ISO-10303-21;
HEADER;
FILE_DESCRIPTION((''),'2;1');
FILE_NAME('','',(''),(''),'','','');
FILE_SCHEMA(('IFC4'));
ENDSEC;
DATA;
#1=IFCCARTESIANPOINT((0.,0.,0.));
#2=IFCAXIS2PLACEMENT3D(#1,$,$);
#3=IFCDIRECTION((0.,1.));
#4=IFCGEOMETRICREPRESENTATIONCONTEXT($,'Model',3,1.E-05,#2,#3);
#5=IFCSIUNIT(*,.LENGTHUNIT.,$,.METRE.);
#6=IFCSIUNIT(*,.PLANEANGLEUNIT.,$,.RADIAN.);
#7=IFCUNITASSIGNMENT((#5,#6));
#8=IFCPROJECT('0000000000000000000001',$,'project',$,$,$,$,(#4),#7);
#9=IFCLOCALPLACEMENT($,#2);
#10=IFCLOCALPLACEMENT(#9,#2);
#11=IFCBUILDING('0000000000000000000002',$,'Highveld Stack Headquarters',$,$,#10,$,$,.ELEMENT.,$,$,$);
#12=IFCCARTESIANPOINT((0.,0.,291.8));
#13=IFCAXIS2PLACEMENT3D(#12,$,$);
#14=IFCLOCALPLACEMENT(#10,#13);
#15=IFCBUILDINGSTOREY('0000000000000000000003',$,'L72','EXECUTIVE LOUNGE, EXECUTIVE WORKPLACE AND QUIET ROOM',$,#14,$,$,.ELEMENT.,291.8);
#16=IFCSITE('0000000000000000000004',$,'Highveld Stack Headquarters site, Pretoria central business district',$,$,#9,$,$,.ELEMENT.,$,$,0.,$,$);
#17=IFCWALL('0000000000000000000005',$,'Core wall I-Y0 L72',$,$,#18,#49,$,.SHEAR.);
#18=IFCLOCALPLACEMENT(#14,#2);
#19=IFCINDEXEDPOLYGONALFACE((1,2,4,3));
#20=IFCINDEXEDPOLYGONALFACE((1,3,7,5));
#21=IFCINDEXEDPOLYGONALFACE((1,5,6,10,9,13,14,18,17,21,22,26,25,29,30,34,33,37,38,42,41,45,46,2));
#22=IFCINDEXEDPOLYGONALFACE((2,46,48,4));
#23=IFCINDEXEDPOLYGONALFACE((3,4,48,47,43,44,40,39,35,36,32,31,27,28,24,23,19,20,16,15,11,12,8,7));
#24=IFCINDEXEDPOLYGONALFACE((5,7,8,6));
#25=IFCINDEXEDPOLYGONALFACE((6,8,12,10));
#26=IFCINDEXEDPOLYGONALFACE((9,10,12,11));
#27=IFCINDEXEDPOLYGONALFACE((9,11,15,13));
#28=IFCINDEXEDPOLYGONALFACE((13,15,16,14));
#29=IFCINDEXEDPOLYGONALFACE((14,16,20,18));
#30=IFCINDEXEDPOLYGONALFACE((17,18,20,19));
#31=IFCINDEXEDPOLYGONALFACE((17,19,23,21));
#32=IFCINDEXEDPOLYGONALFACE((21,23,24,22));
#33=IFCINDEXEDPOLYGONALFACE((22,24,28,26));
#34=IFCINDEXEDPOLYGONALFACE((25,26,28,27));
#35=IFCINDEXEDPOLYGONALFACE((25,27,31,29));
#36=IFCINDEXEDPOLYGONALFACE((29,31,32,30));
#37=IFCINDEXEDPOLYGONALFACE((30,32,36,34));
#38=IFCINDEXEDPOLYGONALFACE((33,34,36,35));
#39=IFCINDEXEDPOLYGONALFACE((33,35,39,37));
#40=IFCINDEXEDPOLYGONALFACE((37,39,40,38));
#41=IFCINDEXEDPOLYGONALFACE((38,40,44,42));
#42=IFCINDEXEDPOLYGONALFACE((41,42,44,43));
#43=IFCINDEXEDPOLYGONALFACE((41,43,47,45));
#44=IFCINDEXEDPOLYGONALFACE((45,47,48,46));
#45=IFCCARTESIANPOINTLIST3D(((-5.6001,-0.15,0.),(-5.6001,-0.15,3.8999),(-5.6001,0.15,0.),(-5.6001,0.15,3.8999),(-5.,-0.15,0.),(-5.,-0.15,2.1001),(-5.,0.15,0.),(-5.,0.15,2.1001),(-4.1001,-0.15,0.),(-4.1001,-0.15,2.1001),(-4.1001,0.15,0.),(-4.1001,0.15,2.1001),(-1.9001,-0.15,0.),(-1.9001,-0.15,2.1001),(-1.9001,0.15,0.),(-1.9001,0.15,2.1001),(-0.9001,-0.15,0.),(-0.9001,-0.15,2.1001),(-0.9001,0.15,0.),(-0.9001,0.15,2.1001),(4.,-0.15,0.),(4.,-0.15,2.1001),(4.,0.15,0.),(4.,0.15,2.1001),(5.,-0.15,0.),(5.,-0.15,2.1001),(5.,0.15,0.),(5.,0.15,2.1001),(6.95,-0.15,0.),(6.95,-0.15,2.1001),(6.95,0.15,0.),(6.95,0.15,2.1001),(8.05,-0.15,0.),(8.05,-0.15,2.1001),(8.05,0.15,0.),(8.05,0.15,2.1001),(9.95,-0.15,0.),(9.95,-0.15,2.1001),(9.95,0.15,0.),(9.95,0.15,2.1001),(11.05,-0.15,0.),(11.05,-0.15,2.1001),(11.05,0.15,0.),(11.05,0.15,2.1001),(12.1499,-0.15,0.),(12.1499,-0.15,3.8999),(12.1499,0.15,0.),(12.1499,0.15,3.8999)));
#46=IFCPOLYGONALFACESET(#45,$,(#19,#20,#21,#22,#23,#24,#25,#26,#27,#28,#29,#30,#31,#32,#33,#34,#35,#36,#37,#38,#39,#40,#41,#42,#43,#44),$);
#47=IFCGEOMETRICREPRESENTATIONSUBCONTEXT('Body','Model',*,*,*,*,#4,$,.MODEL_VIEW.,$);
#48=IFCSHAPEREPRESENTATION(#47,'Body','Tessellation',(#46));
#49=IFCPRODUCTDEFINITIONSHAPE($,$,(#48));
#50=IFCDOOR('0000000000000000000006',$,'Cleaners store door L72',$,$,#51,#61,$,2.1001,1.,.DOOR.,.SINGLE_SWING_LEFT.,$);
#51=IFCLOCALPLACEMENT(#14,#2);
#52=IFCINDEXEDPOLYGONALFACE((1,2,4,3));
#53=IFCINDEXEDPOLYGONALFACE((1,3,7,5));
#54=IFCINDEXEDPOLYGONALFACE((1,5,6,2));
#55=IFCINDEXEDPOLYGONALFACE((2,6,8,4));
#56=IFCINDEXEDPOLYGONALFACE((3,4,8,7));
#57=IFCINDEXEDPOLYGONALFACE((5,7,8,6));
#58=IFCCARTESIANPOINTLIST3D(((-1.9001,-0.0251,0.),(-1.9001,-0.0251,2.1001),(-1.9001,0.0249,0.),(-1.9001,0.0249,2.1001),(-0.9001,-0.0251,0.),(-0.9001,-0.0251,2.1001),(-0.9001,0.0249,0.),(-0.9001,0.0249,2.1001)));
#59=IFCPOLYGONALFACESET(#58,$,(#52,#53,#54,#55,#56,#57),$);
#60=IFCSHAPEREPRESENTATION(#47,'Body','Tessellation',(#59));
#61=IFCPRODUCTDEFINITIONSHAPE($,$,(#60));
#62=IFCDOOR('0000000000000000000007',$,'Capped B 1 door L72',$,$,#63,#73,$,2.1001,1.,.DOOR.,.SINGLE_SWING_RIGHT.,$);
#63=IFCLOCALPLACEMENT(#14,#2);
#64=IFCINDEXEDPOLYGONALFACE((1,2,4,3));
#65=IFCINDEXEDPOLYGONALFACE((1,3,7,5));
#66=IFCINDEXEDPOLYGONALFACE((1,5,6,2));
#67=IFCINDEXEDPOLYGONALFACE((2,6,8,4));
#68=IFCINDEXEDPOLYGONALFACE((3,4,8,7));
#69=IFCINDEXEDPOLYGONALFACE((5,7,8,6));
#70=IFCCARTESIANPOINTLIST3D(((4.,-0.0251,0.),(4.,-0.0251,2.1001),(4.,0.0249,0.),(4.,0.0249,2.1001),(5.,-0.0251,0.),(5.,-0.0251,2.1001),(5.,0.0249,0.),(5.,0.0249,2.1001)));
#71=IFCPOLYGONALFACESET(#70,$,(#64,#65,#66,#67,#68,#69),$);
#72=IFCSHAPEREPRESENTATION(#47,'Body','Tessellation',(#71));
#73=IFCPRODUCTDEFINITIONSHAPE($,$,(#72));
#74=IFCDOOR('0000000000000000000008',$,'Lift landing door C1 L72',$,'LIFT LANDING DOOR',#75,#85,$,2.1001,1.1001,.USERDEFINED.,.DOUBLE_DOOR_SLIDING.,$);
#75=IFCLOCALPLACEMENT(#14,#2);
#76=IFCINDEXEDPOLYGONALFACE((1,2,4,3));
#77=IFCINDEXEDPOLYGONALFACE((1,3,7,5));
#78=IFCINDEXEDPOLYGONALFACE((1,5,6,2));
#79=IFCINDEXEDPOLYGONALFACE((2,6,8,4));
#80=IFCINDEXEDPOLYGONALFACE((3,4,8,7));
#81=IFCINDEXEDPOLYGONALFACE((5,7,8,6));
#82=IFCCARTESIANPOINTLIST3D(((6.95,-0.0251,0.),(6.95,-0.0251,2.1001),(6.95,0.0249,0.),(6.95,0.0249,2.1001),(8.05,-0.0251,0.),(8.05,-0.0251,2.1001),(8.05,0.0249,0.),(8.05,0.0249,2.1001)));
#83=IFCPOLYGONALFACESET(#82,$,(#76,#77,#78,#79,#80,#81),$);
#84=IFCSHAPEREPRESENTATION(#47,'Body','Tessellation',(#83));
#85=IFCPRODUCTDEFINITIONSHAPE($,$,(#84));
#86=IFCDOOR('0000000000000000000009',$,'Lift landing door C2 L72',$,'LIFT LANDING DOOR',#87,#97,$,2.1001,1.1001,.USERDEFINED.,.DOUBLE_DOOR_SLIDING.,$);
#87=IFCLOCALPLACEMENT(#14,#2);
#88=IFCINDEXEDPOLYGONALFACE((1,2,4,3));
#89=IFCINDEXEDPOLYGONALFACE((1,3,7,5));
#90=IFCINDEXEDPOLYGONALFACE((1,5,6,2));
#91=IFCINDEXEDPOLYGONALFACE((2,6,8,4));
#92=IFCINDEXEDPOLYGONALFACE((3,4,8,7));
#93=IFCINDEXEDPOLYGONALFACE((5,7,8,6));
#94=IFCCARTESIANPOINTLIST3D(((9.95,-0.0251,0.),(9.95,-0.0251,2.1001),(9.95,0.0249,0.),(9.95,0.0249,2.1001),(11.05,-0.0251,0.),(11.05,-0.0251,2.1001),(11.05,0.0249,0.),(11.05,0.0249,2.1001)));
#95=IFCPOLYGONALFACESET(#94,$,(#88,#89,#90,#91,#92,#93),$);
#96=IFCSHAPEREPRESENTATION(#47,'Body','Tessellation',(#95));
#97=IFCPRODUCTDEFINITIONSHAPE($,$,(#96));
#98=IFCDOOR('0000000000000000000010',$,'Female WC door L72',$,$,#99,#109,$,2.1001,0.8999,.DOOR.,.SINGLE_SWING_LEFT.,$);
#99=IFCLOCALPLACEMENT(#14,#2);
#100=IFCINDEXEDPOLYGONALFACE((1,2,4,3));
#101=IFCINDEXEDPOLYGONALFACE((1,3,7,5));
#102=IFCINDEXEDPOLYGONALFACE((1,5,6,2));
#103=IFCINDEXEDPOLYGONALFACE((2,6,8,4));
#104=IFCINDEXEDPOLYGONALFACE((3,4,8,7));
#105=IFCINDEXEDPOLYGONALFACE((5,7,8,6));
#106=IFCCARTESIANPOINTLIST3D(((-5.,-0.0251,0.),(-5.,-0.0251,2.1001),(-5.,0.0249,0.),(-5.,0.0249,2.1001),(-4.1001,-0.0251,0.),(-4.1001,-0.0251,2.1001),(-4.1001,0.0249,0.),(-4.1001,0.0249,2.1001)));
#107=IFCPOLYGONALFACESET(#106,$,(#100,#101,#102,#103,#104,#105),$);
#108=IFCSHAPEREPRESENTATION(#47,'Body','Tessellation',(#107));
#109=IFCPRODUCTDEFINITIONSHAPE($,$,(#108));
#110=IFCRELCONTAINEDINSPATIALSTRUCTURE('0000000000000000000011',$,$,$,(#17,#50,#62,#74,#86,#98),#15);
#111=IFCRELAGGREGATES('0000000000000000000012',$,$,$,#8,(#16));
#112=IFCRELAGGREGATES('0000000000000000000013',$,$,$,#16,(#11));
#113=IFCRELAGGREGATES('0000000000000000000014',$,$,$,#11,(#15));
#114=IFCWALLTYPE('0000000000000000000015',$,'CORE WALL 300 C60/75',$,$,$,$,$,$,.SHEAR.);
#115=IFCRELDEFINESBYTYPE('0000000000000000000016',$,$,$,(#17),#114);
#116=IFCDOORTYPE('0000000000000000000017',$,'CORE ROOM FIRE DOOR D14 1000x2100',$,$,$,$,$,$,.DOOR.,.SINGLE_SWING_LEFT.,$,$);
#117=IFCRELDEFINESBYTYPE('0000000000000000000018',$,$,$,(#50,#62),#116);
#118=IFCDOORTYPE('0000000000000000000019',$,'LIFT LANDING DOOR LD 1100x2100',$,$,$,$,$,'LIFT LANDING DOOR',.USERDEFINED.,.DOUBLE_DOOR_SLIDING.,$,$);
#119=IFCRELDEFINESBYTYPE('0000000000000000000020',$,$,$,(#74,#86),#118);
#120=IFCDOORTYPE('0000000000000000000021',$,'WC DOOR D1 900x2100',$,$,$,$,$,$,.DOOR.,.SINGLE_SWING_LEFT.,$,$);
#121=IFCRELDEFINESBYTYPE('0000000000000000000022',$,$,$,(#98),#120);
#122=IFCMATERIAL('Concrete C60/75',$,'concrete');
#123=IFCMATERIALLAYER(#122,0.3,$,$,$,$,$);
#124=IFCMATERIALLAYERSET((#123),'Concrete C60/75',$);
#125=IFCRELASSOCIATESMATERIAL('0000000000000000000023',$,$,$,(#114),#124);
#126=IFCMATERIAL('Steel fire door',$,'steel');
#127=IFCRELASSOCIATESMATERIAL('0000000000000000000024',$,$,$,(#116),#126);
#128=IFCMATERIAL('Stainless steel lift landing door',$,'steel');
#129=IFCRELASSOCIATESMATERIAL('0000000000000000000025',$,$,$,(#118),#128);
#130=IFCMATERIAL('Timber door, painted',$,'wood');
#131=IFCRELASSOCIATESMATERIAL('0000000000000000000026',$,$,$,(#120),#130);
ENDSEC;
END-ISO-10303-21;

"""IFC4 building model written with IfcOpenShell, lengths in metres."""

from ifc_helpers import new_model, si_unit, direction, frame, frame_2d, origin, place, context, subcontext, project, spatial, rectangle, extrude, material, layer, layer_set, type_object, element, fill, save


model = new_model("IFC4")

# Units and contexts
model_context = context("Model", 3, precision=1e-05, world=origin(), true_north=direction((0.0, 1.0)))
body_context = subcontext(model_context, "Body", "Model", "MODEL_VIEW")
ifc_project = project(units=[si_unit("LENGTHUNIT", "METRE"), si_unit("PLANEANGLEUNIT", "RADIAN")], contexts=[model_context])

# Site, building, storey
site_placement = place(None, origin())
site = spatial("IfcSite", under=ifc_project, at=site_placement, Name="Highveld Stack Headquarters site, Pretoria central business district", CompositionType="ELEMENT", RefElevation=0.0)
building_placement = place(site_placement, origin())
building = spatial("IfcBuilding", under=site, at=building_placement, Name="Highveld Stack Headquarters", CompositionType="ELEMENT")
storey_placement = place(building_placement, frame((0.0, 0.0, 291.8)))
storey = spatial("IfcBuildingStorey", under=building, at=storey_placement, Name="L72", Description="EXECUTIVE LOUNGE, EXECUTIVE WORKPLACE AND QUIET ROOM", CompositionType="ELEMENT", Elevation=291.8)

# Wall, openings, doors
ifc_material_1 = material(Name="Concrete C60/75", Category="concrete")
ifc_layer_1 = layer(ifc_material_1, 0.3)
ifc_layer_set_1 = layer_set([ifc_layer_1], Name="Concrete C60/75")
wall_type = type_object("IfcWallType", Name="CORE WALL 300 C60/75", PredefinedType="SHEAR", material=ifc_layer_set_1)
wall_placement = place(storey_placement, frame((-5.6001, 0.0, 0.0), z_axis=(0.0, 0.0, 1.0), x_axis=(1.0, 0.0, 0.0)))
wall = element("IfcWall", 1, at=wall_placement, inside=storey, type_object=wall_type, Name="Core wall I-Y0 L72", PredefinedType="SHEAR", context=body_context, shape_type="SweptSolid", body=[
    extrude(rectangle(XDim=17.75, YDim=0.3, at=frame_2d((8.875, 0.0))), origin(), (0.0, 0.0, 1.0), 3.8999),
])
opening_1_placement = place(wall_placement, frame((0.6001, 0.0, 0.0)))
opening_1 = element("IfcOpeningElement", 2, at=opening_1_placement, cuts=wall, PredefinedType="OPENING", context=body_context, shape_type="SweptSolid", body=[
    extrude(rectangle(XDim=0.8999, YDim=2.1001, at=frame_2d((0.45, 1.05))), frame((0.0, 0.1599, 0.0), z_axis=(0.0, -1.0, 0.0), x_axis=(1.0, 0.0, 0.0)), (0.0, 0.0, 1.0), 0.3201),
])
opening_2_placement = place(wall_placement, frame((3.7, 0.0, 0.0)))
opening_2 = element("IfcOpeningElement", 3, at=opening_2_placement, cuts=wall, PredefinedType="OPENING", context=body_context, shape_type="SweptSolid", body=[
    extrude(rectangle(XDim=1.0, YDim=2.1001, at=frame_2d((0.5, 1.05))), frame((0.0, 0.1599, 0.0), z_axis=(0.0, -1.0, 0.0), x_axis=(1.0, 0.0, 0.0)), (0.0, 0.0, 1.0), 0.3201),
])
opening_3_placement = place(wall_placement, frame((9.6001, 0.0, 0.0)))
opening_3 = element("IfcOpeningElement", 4, at=opening_3_placement, cuts=wall, PredefinedType="OPENING", context=body_context, shape_type="SweptSolid", body=[
    extrude(rectangle(XDim=1.0, YDim=2.1001, at=frame_2d((0.5, 1.05))), frame((0.0, 0.1599, 0.0), z_axis=(0.0, -1.0, 0.0), x_axis=(1.0, 0.0, 0.0)), (0.0, 0.0, 1.0), 0.3201),
])
opening_4_placement = place(wall_placement, frame((12.55, 0.0, 0.0)))
opening_4 = element("IfcOpeningElement", 5, at=opening_4_placement, cuts=wall, PredefinedType="OPENING", context=body_context, shape_type="SweptSolid", body=[
    extrude(rectangle(XDim=1.1001, YDim=2.1001, at=frame_2d((0.55, 1.05))), frame((0.0, 0.1599, 0.0), z_axis=(0.0, -1.0, 0.0), x_axis=(1.0, 0.0, 0.0)), (0.0, 0.0, 1.0), 0.3201),
])
opening_5_placement = place(wall_placement, frame((15.55, 0.0, 0.0)))
opening_5 = element("IfcOpeningElement", 6, at=opening_5_placement, cuts=wall, PredefinedType="OPENING", context=body_context, shape_type="SweptSolid", body=[
    extrude(rectangle(XDim=1.1001, YDim=2.1001, at=frame_2d((0.55, 1.05))), frame((0.0, 0.1599, 0.0), z_axis=(0.0, -1.0, 0.0), x_axis=(1.0, 0.0, 0.0)), (0.0, 0.0, 1.0), 0.3201),
])
ifc_material_2 = material(Name="Steel fire door", Category="steel")
door_type_1 = type_object("IfcDoorType", Name="CORE ROOM FIRE DOOR D14 1000x2100", OperationType="SINGLE_SWING_LEFT", PredefinedType="DOOR", material=ifc_material_2)
door_1_placement = place(opening_2_placement, origin())
door_1 = element("IfcDoor", 7, at=door_1_placement, inside=storey, type_object=door_type_1, Name="Cleaners store door L72", OperationType="SINGLE_SWING_LEFT", OverallHeight=2.1001, OverallWidth=1.0, PredefinedType="DOOR", context=body_context, shape_type="SweptSolid", body=[
    extrude(rectangle(XDim=1.0, YDim=2.1001, at=frame_2d((0.5, 1.05))), frame((0.0, 0.0249, 0.0), z_axis=(0.0, -1.0, 0.0), x_axis=(1.0, 0.0, 0.0)), (0.0, 0.0, 1.0), 0.05),
])
fill(opening_2, door_1)
door_2_placement = place(opening_3_placement, origin())
door_2 = element("IfcDoor", 8, at=door_2_placement, inside=storey, type_object=door_type_1, Name="Capped B 1 door L72", OperationType="SINGLE_SWING_RIGHT", OverallHeight=2.1001, OverallWidth=1.0, PredefinedType="DOOR", context=body_context, shape_type="SweptSolid", body=[
    extrude(rectangle(XDim=1.0, YDim=2.1001, at=frame_2d((0.5, 1.05))), frame((0.0, 0.0249, 0.0), z_axis=(0.0, -1.0, 0.0), x_axis=(1.0, 0.0, 0.0)), (0.0, 0.0, 1.0), 0.05),
])
fill(opening_3, door_2)
ifc_material_3 = material(Name="Stainless steel lift landing door", Category="steel")
door_type_2 = type_object("IfcDoorType", Name="LIFT LANDING DOOR LD 1100x2100", ElementType="LIFT LANDING DOOR", OperationType="DOUBLE_DOOR_SLIDING", PredefinedType="USERDEFINED", material=ifc_material_3)
door_3_placement = place(opening_4_placement, origin())
door_3 = element("IfcDoor", 9, at=door_3_placement, inside=storey, type_object=door_type_2, Name="Lift landing door C1 L72", ObjectType="LIFT LANDING DOOR", OperationType="DOUBLE_DOOR_SLIDING", OverallHeight=2.1001, OverallWidth=1.1001, PredefinedType="USERDEFINED", context=body_context, shape_type="SweptSolid", body=[
    extrude(rectangle(XDim=1.1001, YDim=2.1001, at=frame_2d((0.55, 1.05))), frame((0.0, 0.0249, 0.0), z_axis=(0.0, -1.0, 0.0), x_axis=(1.0, 0.0, 0.0)), (0.0, 0.0, 1.0), 0.05),
])
fill(opening_4, door_3)
door_4_placement = place(opening_5_placement, origin())
door_4 = element("IfcDoor", 10, at=door_4_placement, inside=storey, type_object=door_type_2, Name="Lift landing door C2 L72", ObjectType="LIFT LANDING DOOR", OperationType="DOUBLE_DOOR_SLIDING", OverallHeight=2.1001, OverallWidth=1.1001, PredefinedType="USERDEFINED", context=body_context, shape_type="SweptSolid", body=[
    extrude(rectangle(XDim=1.1001, YDim=2.1001, at=frame_2d((0.55, 1.05))), frame((0.0, 0.0249, 0.0), z_axis=(0.0, -1.0, 0.0), x_axis=(1.0, 0.0, 0.0)), (0.0, 0.0, 1.0), 0.05),
])
fill(opening_5, door_4)
ifc_material_4 = material(Name="Timber door, painted", Category="wood")
door_type_3 = type_object("IfcDoorType", Name="WC DOOR D1 900x2100", OperationType="SINGLE_SWING_LEFT", PredefinedType="DOOR", material=ifc_material_4)
door_5_placement = place(opening_1_placement, origin())
door_5 = element("IfcDoor", 11, at=door_5_placement, inside=storey, type_object=door_type_3, Name="Female WC door L72", OperationType="SINGLE_SWING_LEFT", OverallHeight=2.1001, OverallWidth=0.8999, PredefinedType="DOOR", context=body_context, shape_type="SweptSolid", body=[
    extrude(rectangle(XDim=0.8999, YDim=2.1001, at=frame_2d((0.45, 1.05))), frame((0.0, 0.0249, 0.0), z_axis=(0.0, -1.0, 0.0), x_axis=(1.0, 0.0, 0.0)), (0.0, 0.0, 1.0), 0.05),
])
fill(opening_1, door_5)

save(model, "model.ifc")
